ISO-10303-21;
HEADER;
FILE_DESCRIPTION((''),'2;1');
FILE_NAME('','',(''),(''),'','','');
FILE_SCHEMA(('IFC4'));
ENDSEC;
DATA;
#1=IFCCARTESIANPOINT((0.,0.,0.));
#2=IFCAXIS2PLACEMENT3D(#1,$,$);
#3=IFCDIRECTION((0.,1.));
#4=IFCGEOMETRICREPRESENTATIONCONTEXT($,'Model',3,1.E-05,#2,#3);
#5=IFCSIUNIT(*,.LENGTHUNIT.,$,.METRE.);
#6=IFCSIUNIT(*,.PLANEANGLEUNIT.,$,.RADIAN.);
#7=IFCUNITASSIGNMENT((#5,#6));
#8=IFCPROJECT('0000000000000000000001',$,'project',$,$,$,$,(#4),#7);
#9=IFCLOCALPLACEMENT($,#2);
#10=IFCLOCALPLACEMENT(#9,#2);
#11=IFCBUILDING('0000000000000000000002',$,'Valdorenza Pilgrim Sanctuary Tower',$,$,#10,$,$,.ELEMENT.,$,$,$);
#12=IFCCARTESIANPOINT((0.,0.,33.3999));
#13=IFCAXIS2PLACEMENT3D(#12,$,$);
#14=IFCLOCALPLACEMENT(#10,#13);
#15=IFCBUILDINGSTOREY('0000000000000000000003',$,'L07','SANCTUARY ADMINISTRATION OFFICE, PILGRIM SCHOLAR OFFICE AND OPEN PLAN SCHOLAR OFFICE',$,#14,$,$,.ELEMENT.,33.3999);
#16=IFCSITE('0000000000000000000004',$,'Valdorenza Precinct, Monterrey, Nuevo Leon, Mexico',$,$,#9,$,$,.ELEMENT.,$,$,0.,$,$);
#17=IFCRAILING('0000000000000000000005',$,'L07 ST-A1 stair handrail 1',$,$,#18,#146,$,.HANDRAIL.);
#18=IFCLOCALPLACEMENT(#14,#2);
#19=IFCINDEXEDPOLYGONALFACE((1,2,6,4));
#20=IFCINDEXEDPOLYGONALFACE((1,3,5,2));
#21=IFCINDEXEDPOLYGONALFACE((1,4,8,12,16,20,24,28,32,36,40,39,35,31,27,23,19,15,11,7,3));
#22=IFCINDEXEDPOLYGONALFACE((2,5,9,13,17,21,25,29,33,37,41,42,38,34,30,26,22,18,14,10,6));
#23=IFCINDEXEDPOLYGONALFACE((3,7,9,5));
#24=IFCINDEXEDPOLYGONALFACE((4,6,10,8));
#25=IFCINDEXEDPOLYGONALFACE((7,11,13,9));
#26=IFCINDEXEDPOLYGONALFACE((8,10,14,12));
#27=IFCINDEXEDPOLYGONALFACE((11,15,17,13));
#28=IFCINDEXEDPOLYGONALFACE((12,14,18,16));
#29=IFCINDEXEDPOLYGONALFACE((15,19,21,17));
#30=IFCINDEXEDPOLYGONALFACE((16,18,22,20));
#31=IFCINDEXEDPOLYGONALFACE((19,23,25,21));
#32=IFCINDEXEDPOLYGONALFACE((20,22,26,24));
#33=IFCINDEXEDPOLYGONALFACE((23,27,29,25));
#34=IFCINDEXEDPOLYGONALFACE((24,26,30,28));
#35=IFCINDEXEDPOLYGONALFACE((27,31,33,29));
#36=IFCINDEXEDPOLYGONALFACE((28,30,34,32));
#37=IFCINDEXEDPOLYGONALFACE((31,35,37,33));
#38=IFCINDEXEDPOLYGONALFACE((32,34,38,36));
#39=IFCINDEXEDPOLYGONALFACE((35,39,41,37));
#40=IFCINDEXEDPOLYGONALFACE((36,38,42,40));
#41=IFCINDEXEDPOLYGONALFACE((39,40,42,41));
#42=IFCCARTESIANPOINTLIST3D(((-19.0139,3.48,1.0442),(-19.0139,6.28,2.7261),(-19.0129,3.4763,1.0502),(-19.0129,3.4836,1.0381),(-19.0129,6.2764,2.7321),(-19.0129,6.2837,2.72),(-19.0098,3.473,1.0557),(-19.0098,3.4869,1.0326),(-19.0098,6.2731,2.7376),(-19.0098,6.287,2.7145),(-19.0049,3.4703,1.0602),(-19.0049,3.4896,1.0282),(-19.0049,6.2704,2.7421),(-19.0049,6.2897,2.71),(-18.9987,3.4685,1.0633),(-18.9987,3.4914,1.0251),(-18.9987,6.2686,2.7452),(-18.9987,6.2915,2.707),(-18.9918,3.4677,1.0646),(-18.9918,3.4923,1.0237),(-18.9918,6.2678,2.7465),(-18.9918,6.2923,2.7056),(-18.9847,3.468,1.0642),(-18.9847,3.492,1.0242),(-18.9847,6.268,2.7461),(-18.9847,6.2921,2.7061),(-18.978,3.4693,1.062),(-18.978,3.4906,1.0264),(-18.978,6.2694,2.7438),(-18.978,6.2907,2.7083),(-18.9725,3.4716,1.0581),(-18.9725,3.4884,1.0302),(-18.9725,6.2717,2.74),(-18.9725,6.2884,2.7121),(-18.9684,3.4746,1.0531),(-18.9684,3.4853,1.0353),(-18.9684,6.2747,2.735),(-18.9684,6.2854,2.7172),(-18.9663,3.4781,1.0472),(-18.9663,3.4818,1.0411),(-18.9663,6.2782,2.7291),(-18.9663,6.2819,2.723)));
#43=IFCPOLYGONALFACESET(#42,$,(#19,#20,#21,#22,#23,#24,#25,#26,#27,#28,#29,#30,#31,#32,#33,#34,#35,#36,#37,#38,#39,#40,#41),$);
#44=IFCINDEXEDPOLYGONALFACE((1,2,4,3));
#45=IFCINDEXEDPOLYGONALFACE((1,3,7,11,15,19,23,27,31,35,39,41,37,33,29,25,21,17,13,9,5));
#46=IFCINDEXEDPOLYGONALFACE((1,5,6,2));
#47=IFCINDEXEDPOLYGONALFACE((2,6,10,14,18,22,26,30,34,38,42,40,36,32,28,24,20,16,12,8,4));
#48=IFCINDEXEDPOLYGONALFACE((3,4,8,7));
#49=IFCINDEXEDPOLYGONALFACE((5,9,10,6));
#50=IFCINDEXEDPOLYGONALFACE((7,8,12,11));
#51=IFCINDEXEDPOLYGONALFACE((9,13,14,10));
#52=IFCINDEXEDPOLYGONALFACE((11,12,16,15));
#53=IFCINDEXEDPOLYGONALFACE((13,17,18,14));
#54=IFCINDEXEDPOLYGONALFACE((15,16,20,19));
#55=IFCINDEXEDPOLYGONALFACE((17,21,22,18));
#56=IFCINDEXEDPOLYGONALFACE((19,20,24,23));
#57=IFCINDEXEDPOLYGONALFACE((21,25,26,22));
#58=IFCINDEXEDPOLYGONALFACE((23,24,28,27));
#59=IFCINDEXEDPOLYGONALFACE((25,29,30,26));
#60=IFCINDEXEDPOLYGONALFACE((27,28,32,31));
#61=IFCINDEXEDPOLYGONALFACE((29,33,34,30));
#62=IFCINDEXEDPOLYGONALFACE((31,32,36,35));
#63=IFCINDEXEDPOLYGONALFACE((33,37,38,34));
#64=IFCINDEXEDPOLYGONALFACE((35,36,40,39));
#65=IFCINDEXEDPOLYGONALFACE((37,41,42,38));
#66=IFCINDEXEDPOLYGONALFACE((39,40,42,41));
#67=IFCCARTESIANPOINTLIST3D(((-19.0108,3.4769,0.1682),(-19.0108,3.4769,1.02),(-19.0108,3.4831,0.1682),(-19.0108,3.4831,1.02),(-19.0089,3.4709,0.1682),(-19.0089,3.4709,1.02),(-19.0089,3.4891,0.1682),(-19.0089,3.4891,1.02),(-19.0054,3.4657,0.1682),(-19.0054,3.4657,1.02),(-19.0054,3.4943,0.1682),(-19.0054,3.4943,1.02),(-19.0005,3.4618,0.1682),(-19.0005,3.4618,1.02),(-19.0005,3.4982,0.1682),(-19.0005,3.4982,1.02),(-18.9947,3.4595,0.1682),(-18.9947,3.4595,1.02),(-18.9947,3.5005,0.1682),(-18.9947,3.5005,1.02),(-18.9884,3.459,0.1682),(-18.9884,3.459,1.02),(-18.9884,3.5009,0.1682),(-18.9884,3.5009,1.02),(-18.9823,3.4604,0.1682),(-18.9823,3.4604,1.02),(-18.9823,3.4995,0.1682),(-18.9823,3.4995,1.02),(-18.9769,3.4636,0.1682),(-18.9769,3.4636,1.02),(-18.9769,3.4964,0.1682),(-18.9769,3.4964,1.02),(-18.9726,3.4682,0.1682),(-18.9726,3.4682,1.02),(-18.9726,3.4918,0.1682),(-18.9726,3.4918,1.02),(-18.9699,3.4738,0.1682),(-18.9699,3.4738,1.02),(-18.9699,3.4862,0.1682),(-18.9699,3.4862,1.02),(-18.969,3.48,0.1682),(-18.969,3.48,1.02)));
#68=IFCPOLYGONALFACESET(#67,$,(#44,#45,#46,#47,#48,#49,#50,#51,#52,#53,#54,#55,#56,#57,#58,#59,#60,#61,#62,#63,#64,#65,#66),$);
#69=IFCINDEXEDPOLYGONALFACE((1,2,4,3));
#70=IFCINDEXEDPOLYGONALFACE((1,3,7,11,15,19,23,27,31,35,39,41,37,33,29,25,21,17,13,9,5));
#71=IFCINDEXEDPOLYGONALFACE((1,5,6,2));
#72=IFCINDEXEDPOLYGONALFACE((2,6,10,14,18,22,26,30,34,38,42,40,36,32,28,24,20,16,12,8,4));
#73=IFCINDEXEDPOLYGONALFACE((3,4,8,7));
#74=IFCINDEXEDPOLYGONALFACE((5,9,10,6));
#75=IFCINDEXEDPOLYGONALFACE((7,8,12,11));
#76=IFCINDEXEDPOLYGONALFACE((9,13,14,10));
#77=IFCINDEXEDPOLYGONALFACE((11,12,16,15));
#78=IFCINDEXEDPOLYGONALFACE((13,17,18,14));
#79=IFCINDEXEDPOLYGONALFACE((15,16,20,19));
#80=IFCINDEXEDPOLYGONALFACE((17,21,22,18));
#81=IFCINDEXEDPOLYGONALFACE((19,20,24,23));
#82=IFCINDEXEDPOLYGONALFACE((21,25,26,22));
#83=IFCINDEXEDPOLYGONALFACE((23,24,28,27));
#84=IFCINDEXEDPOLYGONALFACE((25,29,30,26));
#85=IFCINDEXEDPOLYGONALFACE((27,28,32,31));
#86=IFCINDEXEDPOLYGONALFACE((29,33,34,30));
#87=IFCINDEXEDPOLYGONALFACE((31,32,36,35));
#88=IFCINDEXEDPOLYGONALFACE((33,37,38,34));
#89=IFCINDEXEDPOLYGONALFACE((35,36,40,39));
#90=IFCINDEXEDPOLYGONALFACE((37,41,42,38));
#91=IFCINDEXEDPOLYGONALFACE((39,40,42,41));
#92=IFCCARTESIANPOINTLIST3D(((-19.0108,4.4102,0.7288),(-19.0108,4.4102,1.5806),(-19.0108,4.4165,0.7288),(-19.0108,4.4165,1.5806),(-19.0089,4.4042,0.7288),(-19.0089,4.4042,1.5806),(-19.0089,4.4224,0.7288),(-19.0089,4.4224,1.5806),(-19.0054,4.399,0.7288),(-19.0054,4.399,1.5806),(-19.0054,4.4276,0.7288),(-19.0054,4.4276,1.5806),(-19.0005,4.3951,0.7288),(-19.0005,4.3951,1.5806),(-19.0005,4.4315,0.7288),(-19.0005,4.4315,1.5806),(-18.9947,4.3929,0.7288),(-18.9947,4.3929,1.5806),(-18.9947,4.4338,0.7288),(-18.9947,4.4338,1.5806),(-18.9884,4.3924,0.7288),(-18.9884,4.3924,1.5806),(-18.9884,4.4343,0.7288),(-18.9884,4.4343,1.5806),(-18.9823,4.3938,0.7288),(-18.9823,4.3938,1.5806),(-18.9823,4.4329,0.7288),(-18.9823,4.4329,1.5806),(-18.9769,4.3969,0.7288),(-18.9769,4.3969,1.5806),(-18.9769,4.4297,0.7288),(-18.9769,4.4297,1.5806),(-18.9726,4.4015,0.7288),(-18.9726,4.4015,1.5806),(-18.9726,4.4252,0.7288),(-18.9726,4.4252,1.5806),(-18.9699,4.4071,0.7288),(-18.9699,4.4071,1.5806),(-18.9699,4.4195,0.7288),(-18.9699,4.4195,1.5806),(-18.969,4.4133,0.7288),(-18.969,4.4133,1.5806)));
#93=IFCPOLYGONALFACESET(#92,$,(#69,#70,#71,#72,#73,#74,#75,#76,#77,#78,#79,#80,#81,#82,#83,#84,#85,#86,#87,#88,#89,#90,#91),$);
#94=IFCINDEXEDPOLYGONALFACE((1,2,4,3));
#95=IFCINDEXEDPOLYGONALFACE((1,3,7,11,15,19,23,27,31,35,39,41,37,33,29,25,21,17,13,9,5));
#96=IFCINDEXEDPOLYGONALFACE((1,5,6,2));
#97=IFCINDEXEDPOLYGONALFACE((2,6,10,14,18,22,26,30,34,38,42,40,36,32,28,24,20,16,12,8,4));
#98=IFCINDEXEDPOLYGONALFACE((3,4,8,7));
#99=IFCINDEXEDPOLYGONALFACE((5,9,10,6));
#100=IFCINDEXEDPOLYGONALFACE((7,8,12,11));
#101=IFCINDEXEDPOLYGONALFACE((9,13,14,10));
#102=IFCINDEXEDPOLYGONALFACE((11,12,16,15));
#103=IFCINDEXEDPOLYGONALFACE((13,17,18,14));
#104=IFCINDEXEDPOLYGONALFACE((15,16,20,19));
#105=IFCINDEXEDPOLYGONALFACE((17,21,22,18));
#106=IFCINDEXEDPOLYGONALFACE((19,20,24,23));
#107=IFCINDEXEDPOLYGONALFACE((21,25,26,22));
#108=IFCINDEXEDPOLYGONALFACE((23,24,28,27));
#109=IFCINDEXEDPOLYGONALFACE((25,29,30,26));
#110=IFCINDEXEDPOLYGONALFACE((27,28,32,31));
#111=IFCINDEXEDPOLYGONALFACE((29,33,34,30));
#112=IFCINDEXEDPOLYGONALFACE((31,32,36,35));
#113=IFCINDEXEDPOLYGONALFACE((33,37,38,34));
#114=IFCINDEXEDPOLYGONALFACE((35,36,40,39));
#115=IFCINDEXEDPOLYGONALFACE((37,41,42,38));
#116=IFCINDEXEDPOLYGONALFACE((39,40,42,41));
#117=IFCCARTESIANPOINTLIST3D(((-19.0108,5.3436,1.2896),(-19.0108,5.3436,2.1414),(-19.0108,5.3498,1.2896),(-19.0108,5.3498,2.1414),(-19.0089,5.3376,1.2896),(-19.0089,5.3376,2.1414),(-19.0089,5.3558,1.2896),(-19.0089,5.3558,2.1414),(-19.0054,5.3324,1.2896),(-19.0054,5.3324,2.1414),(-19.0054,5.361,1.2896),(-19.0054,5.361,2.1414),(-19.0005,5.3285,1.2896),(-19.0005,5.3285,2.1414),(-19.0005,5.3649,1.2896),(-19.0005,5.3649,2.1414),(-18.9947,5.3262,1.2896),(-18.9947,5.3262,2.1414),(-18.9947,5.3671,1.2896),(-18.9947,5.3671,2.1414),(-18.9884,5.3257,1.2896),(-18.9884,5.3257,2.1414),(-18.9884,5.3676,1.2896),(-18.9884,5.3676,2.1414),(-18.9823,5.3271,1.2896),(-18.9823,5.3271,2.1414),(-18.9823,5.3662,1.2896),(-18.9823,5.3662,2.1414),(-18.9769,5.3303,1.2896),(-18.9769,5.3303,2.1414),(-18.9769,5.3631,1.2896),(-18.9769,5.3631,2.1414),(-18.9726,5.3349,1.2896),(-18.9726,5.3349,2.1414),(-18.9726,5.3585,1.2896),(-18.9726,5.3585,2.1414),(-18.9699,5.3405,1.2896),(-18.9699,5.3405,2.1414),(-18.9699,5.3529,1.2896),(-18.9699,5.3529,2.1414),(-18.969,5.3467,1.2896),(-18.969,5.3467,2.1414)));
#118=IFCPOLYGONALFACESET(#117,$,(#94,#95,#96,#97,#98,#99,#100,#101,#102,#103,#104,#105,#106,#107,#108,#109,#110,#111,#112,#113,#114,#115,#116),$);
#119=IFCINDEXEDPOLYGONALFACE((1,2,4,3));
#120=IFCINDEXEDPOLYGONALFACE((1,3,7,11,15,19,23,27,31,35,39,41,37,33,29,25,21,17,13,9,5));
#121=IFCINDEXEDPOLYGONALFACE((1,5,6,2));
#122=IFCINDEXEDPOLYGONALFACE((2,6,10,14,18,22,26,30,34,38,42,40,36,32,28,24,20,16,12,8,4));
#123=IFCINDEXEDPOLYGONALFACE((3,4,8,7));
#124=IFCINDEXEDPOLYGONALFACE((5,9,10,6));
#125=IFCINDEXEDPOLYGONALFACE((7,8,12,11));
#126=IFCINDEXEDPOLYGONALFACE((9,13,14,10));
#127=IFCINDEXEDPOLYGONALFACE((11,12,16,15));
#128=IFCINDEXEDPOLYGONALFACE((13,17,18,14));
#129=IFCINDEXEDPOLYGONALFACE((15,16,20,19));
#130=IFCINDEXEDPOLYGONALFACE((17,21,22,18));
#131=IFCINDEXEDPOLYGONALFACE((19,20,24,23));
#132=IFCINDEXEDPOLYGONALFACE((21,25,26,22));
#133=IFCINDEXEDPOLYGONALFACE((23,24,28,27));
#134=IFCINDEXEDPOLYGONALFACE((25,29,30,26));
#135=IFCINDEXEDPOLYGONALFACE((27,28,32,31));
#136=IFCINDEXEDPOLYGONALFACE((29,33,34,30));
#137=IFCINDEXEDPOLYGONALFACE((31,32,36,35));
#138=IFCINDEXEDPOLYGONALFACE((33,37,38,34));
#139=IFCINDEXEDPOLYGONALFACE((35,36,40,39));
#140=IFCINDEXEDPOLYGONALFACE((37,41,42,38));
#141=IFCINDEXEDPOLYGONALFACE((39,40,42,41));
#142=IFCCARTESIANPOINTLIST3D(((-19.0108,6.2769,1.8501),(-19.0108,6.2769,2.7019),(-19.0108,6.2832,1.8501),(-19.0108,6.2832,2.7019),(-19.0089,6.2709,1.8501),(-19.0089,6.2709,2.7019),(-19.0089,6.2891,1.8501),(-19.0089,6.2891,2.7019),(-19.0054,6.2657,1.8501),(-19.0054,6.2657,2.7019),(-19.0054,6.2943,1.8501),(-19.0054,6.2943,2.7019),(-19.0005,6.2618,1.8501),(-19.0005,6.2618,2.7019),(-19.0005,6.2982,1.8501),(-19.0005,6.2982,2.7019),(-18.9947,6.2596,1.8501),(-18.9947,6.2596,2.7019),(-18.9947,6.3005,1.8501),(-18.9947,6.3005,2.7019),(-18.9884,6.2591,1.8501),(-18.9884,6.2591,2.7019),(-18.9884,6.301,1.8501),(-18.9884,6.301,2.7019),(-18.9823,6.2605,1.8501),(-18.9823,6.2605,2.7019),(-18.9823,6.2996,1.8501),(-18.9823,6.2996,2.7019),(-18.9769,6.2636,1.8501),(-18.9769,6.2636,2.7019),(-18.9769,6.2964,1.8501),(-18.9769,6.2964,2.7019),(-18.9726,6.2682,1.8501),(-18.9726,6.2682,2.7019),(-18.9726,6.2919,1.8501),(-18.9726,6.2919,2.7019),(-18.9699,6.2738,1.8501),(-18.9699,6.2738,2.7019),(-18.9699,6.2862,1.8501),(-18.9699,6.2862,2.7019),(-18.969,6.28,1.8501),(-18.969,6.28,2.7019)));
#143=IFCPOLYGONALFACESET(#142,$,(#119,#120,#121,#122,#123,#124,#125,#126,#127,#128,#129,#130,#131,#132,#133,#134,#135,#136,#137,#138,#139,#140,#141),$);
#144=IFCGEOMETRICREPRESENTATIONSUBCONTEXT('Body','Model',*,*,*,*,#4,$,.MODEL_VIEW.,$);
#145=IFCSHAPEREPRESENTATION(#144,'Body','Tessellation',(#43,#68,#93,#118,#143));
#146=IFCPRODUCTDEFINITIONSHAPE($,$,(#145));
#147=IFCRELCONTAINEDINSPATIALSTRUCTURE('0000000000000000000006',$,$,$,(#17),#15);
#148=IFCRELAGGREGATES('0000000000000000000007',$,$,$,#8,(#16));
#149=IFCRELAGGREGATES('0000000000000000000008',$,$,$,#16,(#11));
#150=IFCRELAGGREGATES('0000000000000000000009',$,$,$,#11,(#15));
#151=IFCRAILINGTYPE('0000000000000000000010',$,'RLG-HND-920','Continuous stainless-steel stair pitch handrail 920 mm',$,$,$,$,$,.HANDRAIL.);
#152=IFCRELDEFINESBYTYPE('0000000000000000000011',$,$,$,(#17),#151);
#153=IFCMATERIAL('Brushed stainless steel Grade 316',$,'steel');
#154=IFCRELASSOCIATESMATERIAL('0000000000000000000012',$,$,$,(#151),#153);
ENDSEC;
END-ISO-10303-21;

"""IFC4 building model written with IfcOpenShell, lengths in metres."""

from ifc_helpers import new_model, si_unit, direction, frame, origin, origin_2d, place, context, subcontext, project, spatial, circle, extrude, material, type_object, element, save


model = new_model("IFC4")

# Units and contexts
model_context = context("Model", 3, precision=1e-05, world=origin(), true_north=direction((0.0, 1.0)))
body_context = subcontext(model_context, "Body", "Model", "MODEL_VIEW")
ifc_project = project(units=[si_unit("LENGTHUNIT", "METRE"), si_unit("PLANEANGLEUNIT", "RADIAN")], contexts=[model_context])

# Site, building, storey
site_placement = place(None, origin())
site = spatial("IfcSite", under=ifc_project, at=site_placement, Name="Valdorenza Precinct, Monterrey, Nuevo Leon, Mexico", CompositionType="ELEMENT", RefElevation=0.0)
building_placement = place(site_placement, origin())
building = spatial("IfcBuilding", under=site, at=building_placement, Name="Valdorenza Pilgrim Sanctuary Tower", CompositionType="ELEMENT")
storey_placement = place(building_placement, frame((0.0, 0.0, 33.3999)))
storey = spatial("IfcBuildingStorey", under=building, at=storey_placement, Name="L07", Description="SANCTUARY ADMINISTRATION OFFICE, PILGRIM SCHOLAR OFFICE AND OPEN PLAN SCHOLAR OFFICE", CompositionType="ELEMENT", Elevation=33.3999)

# Shared definitions
ifc_material_1 = material(Name="Brushed stainless steel Grade 316", Category="steel")

# Railing
railing_type_1 = type_object("IfcRailingType", Name="RLG-HND-920", Description="Continuous stainless-steel stair pitch handrail 920 mm", PredefinedType="HANDRAIL", material=ifc_material_1)
railing_1_placement = place(storey_placement, frame((-18.99, 3.48, 0.1682)))
element("IfcRailing", 1, at=railing_1_placement, inside=storey, type_object=railing_type_1, Name="L07 ST-A1 stair handrail 1", PredefinedType="HANDRAIL", context=body_context, shape_type="SweptSolid", body=[
    extrude(circle(Radius=0.0239, at=origin_2d()), frame((0.0, 0.0, 0.876), z_axis=(0.0, 0.857242, 0.514913), x_axis=(-1.0, 0.0, 0.0)), (0.0, 0.0, 1.0), 3.2664),
    extrude(circle(Radius=0.021, at=origin_2d()), origin(), (0.0, 0.0, 1.0), 0.8518),
    extrude(circle(Radius=0.021, at=origin_2d()), frame((0.0, 0.9333, 0.5605)), (0.0, 0.0, 1.0), 0.8518),
    extrude(circle(Radius=0.021, at=origin_2d()), frame((0.0, 1.8667, 1.1213)), (0.0, 0.0, 1.0), 0.8518),
    extrude(circle(Radius=0.021, at=origin_2d()), frame((0.0, 2.8, 1.6819)), (0.0, 0.0, 1.0), 0.8518),
])

save(model, "model.ifc")
